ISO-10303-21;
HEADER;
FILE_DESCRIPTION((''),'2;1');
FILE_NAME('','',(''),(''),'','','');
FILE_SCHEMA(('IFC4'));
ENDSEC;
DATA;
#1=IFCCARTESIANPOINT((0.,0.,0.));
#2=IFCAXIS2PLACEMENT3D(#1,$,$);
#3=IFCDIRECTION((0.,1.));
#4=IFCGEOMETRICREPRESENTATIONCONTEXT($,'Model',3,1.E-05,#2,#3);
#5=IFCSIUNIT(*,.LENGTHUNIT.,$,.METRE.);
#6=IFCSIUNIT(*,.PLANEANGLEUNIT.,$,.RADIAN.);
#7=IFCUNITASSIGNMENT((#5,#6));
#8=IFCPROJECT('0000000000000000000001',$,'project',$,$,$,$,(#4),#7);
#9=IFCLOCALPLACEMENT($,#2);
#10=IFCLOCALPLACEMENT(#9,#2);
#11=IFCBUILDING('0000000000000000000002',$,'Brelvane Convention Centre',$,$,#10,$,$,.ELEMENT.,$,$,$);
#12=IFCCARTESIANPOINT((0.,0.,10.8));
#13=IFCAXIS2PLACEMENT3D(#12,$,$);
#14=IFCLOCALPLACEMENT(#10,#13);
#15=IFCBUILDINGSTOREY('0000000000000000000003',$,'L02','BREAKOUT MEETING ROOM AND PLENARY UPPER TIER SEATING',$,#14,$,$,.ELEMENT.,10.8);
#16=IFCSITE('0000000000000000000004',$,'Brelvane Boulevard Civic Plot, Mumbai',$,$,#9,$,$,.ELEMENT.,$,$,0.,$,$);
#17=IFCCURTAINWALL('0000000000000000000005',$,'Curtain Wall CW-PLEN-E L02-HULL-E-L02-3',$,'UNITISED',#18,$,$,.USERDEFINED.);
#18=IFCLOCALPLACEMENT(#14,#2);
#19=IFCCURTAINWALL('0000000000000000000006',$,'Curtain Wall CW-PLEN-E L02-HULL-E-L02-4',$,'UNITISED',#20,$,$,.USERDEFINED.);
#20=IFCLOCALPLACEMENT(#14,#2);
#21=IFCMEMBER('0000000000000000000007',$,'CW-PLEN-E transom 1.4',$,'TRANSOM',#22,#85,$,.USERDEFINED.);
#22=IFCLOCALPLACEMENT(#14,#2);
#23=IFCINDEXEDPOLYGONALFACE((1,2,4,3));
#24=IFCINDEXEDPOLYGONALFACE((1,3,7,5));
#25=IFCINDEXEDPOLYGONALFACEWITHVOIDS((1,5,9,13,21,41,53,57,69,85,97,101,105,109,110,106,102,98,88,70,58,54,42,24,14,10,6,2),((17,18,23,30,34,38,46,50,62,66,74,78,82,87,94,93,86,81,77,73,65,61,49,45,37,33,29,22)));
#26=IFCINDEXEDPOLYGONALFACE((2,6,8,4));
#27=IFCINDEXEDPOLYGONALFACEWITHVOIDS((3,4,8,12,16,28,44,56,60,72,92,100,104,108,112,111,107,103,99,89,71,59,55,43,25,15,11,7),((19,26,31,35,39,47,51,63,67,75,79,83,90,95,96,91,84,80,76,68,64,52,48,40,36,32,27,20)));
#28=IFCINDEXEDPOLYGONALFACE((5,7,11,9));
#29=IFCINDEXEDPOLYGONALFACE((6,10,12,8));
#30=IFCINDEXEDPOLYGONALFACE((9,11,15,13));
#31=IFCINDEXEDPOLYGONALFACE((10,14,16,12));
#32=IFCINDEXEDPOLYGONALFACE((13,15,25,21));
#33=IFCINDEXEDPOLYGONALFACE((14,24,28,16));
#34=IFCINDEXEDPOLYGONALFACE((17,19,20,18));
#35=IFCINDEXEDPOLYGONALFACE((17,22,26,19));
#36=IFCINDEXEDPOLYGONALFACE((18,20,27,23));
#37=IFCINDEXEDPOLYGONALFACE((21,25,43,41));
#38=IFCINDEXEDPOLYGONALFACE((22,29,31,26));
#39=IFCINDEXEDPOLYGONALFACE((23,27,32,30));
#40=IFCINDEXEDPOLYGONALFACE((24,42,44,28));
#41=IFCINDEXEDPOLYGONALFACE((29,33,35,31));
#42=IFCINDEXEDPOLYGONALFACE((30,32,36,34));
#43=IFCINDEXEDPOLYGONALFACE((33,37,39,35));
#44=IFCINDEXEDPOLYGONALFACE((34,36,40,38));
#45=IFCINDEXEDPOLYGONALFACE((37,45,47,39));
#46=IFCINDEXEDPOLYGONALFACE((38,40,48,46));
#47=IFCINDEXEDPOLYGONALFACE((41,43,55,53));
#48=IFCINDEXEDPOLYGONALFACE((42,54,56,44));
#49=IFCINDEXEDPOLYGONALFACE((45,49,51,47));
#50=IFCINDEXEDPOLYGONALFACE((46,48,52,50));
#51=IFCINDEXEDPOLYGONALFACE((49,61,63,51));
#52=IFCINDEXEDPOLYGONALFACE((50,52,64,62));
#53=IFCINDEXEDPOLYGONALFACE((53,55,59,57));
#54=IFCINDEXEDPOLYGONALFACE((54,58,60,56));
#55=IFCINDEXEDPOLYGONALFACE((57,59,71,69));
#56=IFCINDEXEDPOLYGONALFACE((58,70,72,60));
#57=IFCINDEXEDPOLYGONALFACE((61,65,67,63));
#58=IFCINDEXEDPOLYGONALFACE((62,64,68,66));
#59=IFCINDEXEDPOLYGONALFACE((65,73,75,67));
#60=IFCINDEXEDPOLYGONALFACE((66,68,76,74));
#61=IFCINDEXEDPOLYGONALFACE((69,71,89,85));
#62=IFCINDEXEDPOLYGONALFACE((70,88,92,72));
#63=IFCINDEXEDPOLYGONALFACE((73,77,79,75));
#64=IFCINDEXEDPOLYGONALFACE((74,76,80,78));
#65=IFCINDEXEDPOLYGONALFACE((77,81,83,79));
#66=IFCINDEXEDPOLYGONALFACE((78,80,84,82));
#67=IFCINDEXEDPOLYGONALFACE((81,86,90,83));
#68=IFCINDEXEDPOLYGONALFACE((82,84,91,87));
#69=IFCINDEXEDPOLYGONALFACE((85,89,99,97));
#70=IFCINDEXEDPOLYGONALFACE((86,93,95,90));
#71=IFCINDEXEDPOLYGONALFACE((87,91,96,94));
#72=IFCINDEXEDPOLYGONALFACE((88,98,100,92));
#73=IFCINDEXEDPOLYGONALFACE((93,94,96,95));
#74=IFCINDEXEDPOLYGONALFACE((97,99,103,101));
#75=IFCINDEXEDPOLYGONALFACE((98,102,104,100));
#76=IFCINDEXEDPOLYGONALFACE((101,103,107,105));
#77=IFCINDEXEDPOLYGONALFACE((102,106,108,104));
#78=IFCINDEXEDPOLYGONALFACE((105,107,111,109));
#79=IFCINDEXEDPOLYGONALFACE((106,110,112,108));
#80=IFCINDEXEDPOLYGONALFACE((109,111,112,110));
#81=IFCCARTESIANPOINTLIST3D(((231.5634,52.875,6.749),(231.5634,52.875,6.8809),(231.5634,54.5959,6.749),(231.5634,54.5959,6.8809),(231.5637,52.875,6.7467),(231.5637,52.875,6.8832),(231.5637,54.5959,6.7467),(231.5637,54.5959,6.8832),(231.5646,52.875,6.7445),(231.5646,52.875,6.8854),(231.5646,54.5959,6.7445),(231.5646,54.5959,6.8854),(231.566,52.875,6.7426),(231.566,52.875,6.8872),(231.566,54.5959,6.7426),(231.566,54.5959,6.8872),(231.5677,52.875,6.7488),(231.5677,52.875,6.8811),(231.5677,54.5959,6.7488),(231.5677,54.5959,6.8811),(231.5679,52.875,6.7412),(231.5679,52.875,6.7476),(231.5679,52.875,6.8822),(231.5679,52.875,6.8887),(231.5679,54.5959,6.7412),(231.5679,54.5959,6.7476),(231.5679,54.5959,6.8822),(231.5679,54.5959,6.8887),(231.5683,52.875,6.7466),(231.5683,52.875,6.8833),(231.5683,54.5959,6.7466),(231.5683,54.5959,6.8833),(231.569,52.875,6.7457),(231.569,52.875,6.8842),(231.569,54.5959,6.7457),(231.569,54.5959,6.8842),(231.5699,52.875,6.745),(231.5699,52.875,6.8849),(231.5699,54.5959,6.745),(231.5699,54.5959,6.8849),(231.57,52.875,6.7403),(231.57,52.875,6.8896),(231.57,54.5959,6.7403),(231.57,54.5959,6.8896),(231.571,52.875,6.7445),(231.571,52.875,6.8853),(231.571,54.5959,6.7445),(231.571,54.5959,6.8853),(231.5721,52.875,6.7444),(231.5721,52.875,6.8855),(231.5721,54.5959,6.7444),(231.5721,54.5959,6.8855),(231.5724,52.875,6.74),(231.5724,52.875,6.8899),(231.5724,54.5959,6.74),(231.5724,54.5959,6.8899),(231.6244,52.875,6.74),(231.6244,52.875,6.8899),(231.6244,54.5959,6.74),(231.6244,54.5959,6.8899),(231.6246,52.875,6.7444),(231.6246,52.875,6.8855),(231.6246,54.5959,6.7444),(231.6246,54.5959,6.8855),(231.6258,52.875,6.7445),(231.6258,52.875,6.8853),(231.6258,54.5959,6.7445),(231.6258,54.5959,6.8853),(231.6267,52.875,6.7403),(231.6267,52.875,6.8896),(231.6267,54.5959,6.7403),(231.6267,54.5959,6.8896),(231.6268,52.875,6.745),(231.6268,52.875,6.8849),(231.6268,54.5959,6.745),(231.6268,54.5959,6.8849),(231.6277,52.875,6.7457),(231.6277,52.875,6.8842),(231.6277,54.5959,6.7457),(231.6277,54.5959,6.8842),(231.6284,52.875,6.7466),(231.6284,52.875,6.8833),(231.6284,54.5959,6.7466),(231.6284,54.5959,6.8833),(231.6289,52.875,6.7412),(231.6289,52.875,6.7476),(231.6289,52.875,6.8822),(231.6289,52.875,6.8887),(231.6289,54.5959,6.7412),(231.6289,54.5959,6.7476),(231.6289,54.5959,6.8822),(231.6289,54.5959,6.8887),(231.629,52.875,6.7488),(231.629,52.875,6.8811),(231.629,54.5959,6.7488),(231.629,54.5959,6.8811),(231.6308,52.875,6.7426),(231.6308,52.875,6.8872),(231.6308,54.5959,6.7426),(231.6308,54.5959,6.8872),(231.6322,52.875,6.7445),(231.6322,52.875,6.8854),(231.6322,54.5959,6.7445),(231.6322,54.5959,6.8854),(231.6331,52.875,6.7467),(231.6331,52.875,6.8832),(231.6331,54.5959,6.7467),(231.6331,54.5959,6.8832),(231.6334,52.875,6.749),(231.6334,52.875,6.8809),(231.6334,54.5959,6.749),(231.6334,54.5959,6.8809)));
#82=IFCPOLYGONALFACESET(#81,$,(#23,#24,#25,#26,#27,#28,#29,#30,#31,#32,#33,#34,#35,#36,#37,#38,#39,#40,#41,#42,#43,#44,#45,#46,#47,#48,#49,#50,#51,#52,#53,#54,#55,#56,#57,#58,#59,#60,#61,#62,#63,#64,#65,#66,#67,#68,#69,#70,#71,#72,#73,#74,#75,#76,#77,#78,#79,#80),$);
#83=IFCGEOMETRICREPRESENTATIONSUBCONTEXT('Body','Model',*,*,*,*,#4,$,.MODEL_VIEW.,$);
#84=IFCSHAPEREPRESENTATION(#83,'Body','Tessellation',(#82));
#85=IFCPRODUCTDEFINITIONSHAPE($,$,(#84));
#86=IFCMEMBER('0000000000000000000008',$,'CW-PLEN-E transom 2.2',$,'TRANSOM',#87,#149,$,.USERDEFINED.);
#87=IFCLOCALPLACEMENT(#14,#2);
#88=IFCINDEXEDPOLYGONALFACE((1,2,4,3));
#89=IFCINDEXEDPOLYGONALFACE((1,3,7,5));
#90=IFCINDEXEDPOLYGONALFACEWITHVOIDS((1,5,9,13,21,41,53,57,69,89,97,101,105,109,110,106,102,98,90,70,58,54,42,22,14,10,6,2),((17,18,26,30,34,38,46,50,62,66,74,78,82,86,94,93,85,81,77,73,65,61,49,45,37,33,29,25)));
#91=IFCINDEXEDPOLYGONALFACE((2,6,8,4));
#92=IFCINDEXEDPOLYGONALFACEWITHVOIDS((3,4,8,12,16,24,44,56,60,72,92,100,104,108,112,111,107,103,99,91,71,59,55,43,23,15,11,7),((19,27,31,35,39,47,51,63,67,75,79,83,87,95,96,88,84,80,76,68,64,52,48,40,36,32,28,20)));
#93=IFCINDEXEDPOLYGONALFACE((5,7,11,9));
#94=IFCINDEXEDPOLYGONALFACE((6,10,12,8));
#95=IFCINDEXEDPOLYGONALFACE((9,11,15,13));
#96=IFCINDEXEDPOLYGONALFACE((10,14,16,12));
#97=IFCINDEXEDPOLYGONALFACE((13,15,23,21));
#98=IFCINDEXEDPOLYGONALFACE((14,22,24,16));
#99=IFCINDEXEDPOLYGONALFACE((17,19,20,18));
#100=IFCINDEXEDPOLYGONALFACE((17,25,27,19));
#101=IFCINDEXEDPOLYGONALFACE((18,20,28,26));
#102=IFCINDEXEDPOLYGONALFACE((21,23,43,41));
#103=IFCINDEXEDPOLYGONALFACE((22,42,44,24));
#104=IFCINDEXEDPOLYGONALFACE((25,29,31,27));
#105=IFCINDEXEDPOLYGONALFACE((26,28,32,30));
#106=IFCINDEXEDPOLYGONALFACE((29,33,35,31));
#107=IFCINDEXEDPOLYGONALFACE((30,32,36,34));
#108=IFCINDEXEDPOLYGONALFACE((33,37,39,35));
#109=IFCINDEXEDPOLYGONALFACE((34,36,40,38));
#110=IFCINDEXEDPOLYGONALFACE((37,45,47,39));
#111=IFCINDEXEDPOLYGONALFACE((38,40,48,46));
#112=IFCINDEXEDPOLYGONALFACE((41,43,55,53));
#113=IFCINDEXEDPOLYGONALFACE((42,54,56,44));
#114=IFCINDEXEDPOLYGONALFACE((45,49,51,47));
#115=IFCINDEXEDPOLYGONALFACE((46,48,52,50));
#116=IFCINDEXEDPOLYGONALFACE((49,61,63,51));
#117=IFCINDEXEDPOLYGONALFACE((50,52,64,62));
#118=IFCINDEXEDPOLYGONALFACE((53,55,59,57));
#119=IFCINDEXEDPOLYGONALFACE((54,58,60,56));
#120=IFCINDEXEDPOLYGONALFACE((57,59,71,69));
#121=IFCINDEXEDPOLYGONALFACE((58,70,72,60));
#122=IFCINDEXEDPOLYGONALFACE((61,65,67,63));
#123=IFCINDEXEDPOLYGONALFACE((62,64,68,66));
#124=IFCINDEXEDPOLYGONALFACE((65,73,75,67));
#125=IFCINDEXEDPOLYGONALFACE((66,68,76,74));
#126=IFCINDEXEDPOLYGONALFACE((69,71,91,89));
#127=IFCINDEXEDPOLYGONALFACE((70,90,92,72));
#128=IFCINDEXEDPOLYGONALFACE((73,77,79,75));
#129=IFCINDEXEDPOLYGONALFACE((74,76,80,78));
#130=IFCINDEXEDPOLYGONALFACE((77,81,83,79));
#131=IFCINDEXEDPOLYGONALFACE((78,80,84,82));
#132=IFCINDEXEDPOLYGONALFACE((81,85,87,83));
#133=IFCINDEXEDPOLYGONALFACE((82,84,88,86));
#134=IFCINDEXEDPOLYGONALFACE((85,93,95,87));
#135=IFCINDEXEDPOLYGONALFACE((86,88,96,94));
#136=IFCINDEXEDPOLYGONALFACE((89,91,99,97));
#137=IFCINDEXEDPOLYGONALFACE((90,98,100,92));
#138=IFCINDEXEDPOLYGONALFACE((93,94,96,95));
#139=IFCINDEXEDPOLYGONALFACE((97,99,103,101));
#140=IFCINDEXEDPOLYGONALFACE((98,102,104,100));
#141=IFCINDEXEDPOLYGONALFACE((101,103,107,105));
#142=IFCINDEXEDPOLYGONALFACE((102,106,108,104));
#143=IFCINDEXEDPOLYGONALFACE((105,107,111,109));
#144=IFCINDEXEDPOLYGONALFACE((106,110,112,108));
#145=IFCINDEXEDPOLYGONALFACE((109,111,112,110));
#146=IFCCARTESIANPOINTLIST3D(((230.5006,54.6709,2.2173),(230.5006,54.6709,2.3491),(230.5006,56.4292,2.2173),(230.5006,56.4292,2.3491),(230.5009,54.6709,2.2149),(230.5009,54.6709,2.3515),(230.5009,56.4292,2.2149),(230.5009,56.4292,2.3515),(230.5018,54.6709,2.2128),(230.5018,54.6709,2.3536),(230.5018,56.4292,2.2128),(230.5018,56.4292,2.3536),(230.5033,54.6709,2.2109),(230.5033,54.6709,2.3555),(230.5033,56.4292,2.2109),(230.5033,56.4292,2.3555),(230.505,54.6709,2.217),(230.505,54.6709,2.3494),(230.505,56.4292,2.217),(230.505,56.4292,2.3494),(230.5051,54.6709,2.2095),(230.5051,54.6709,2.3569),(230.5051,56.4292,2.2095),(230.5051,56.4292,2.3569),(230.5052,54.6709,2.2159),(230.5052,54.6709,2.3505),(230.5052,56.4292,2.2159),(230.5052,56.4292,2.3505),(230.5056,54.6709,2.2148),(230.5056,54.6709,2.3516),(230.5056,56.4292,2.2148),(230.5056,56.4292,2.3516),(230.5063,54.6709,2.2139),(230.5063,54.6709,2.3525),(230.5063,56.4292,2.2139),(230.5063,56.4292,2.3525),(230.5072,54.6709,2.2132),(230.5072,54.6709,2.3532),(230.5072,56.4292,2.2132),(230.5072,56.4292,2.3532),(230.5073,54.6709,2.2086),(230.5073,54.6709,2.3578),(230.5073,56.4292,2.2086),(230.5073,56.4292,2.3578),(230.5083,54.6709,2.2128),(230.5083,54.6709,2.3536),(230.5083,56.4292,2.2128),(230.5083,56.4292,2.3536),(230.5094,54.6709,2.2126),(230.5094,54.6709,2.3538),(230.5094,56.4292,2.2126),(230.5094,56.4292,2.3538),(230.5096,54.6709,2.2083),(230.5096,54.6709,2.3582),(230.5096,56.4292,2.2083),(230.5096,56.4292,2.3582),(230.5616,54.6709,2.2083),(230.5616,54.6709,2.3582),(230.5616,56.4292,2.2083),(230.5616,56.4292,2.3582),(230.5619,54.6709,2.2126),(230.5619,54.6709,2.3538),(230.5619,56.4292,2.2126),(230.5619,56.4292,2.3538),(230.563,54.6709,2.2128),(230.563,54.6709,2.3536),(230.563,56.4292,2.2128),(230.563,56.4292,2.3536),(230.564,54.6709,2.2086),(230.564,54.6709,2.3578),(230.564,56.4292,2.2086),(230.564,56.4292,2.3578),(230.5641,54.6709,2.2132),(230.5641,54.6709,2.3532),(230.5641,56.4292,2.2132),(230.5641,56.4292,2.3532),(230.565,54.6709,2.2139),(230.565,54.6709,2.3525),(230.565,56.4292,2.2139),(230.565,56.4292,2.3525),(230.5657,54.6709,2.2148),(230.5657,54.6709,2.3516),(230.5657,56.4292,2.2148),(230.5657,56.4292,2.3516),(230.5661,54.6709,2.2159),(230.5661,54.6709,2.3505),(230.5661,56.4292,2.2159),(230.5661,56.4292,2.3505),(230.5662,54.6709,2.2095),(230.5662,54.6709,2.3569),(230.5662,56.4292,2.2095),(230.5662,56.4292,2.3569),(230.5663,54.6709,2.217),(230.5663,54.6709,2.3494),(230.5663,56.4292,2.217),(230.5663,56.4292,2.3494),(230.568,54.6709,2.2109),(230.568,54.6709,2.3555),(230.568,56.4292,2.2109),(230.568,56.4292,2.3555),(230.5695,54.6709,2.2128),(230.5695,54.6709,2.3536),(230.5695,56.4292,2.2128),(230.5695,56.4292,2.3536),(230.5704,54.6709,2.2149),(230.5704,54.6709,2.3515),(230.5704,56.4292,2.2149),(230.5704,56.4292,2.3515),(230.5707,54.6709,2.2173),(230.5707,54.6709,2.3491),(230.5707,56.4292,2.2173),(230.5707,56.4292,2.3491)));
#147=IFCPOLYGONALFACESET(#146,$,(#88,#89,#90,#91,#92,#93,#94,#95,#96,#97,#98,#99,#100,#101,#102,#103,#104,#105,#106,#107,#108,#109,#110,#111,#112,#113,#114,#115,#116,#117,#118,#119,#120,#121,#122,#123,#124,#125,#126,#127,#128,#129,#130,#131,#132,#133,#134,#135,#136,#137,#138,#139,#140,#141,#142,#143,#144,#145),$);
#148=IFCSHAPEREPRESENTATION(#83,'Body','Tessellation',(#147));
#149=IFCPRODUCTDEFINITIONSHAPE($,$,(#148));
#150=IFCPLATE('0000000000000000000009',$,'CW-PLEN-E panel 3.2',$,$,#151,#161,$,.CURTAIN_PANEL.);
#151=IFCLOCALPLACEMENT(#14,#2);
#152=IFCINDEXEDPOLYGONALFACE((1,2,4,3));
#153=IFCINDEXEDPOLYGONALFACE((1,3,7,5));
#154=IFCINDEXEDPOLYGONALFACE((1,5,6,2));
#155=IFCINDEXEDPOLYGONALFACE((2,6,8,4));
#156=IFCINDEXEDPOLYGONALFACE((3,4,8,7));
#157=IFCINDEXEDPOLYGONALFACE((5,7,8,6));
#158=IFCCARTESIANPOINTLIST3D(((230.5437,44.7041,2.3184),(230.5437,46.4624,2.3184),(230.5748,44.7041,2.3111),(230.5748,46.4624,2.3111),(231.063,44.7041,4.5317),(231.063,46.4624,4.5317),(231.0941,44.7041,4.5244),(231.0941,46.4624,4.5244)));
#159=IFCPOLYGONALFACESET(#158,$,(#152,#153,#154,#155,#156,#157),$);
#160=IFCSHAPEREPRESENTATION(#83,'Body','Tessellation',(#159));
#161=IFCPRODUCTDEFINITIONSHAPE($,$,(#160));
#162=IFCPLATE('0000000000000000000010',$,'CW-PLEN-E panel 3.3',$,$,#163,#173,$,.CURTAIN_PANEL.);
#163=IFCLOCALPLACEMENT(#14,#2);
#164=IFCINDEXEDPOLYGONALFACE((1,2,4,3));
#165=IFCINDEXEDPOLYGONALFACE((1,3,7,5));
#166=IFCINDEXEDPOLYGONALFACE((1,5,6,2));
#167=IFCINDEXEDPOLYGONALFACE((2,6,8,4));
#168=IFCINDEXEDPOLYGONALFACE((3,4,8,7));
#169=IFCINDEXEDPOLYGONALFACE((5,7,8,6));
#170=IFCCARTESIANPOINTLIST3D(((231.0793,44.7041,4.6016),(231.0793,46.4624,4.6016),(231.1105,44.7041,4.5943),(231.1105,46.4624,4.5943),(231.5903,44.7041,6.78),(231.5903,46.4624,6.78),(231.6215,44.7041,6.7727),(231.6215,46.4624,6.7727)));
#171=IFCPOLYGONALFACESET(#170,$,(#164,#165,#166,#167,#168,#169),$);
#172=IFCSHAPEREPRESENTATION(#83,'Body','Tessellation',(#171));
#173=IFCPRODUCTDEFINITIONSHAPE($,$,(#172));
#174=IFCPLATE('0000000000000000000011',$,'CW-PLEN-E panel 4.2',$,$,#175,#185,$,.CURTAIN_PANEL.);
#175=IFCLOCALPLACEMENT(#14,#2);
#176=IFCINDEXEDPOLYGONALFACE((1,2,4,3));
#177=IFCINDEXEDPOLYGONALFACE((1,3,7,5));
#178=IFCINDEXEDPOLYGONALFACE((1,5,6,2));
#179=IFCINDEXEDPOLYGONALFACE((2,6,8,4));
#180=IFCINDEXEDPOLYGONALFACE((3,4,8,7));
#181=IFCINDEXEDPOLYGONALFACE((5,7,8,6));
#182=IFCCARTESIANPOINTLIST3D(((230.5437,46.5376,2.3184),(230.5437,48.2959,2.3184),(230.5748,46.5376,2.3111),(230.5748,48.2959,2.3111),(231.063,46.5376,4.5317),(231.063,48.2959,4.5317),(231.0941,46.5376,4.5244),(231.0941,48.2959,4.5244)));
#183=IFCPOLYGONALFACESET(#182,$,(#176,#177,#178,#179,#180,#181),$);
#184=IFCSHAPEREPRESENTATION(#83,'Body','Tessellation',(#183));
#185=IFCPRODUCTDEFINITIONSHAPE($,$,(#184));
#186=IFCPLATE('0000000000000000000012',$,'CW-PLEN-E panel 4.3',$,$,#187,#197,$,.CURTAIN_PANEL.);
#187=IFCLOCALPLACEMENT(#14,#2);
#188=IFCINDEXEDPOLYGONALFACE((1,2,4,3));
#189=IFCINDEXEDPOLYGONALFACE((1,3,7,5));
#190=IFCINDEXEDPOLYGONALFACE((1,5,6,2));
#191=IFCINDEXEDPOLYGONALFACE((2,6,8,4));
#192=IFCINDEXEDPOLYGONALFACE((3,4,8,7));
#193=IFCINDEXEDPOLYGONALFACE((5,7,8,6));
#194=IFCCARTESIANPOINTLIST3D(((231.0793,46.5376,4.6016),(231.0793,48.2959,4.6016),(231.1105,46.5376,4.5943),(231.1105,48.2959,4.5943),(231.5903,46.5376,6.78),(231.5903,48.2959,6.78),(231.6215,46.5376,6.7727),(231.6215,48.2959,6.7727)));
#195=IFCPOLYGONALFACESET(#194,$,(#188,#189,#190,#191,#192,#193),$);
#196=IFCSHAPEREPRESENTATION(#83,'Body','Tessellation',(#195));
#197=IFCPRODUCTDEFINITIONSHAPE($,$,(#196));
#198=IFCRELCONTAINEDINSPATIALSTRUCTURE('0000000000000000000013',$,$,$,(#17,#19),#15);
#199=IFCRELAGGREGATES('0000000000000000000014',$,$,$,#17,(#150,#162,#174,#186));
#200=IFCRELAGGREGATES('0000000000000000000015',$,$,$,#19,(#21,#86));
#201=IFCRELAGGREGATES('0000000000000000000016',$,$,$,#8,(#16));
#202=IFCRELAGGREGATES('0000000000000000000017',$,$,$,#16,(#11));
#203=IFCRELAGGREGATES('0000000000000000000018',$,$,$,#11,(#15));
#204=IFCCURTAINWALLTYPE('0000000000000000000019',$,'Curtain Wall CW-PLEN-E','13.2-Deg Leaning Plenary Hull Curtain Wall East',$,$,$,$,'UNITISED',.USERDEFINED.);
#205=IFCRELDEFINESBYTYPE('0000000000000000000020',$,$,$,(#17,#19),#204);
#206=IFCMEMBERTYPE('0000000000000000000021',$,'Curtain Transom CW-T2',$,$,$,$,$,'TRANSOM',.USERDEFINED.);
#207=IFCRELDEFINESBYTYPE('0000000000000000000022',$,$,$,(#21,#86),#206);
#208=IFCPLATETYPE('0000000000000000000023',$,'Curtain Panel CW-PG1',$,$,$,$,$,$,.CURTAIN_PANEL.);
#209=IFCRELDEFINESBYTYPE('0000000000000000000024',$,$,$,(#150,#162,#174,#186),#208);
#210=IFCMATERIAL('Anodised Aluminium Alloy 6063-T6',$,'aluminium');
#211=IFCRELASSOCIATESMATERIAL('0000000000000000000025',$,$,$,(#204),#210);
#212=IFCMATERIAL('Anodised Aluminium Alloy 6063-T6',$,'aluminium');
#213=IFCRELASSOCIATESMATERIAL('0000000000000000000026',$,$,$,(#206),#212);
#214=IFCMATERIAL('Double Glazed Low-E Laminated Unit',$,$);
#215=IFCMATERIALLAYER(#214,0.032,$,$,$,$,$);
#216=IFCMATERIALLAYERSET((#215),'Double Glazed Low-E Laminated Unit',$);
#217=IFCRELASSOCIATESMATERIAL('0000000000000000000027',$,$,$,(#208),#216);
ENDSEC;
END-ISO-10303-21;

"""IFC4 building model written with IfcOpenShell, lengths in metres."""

from ifc_helpers import new_model, si_unit, direction, frame, origin, origin_2d, place, context, subcontext, project, spatial, polyline, hollow_rectangle, outline, extrude, material, layer, layer_set, material_profile, profile_set, type_object, element, aggregate, save


model = new_model("IFC4")

# Units and contexts
model_context = context("Model", 3, precision=1e-05, world=origin(), true_north=direction((0.0, 1.0)))
body_context = subcontext(model_context, "Body", "Model", "MODEL_VIEW")
ifc_project = project(units=[si_unit("LENGTHUNIT", "METRE"), si_unit("PLANEANGLEUNIT", "RADIAN")], contexts=[model_context])

# Site, building, storey
site_placement = place(None, origin())
site = spatial("IfcSite", under=ifc_project, at=site_placement, Name="Brelvane Boulevard Civic Plot, Mumbai", CompositionType="ELEMENT", RefElevation=0.0)
building_placement = place(site_placement, origin())
building = spatial("IfcBuilding", under=site, at=building_placement, Name="Brelvane Convention Centre", CompositionType="ELEMENT")
storey_placement = place(building_placement, frame((0.0, 0.0, 10.8)))
storey = spatial("IfcBuildingStorey", under=building, at=storey_placement, Name="L02", Description="BREAKOUT MEETING ROOM AND PLENARY UPPER TIER SEATING", CompositionType="ELEMENT", Elevation=10.8)

# Curtain walls, members
ifc_material_1 = material(Name="Anodised Aluminium Alloy 6063-T6", Category="aluminium")
curtain_wall_type = type_object("IfcCurtainWallType", Name="Curtain Wall CW-PLEN-E", Description="13.2-Deg Leaning Plenary Hull Curtain Wall East", ElementType="UNITISED", PredefinedType="USERDEFINED", material=ifc_material_1)
curtain_wall_1_placement = place(storey_placement, origin())
curtain_wall_1 = element("IfcCurtainWall", 1, at=curtain_wall_1_placement, inside=storey, type_object=curtain_wall_type, Name="Curtain Wall CW-PLEN-E L02-HULL-E-L02-3", ObjectType="UNITISED", PredefinedType="USERDEFINED")
ifc_material_2 = material(Name="Anodised Aluminium Alloy 6063-T6", Category="aluminium")
ifc_material_profile = material_profile(ifc_material_2, hollow_rectangle(XDim=0.0701, YDim=0.1499, WallThickness=0.0044, InnerFilletRadius=0.0044, OuterFilletRadius=0.009, at=origin_2d()), Name="ALU-T 150x70x4.5")
ifc_profile_set = profile_set([ifc_material_profile], Name="Anodised Aluminium Alloy 6063-T6")
member_type = type_object("IfcMemberType", Name="Curtain Transom CW-T2", ElementType="TRANSOM", PredefinedType="USERDEFINED", material=ifc_profile_set)
curtain_wall_2_placement = place(storey_placement, origin())
curtain_wall_2 = element("IfcCurtainWall", 2, at=curtain_wall_2_placement, inside=storey, type_object=curtain_wall_type, Name="Curtain Wall CW-PLEN-E L02-HULL-E-L02-4", ObjectType="UNITISED", PredefinedType="USERDEFINED")
member_1_placement = place(storey_placement, frame((231.5984, 52.875, 6.8149), z_axis=(0.0, 1.0, 0.0), x_axis=(-1.0, 0.0, 0.0)))
member_1 = element("IfcMember", 3, at=member_1_placement, type_object=member_type, Name="CW-PLEN-E transom 1.4", ObjectType="TRANSOM", PredefinedType="USERDEFINED", context=body_context, shape_type="SweptSolid", body=[
    extrude(hollow_rectangle(XDim=0.0701, YDim=0.1499, WallThickness=0.0044, InnerFilletRadius=0.0044, OuterFilletRadius=0.009, at=origin_2d()), origin(), (0.0, 0.0, 1.0), 1.7209),
])
member_2_placement = place(storey_placement, frame((230.5356, 54.6709, 2.2832), z_axis=(0.0, 1.0, 0.0), x_axis=(-1.0, 0.0, 0.0)))
member_2 = element("IfcMember", 4, at=member_2_placement, type_object=member_type, Name="CW-PLEN-E transom 2.2", ObjectType="TRANSOM", PredefinedType="USERDEFINED", context=body_context, shape_type="SweptSolid", body=[
    extrude(hollow_rectangle(XDim=0.0701, YDim=0.1499, WallThickness=0.0044, InnerFilletRadius=0.0044, OuterFilletRadius=0.009, at=origin_2d()), origin(), (0.0, 0.0, 1.0), 1.7583),
])

# Plates
ifc_material_3 = material(Name="Double Glazed Low-E Laminated Unit")
ifc_layer_1 = layer(ifc_material_3, 0.032)
ifc_layer_set_1 = layer_set([ifc_layer_1], Name="Double Glazed Low-E Laminated Unit")
plate_type_1 = type_object("IfcPlateType", Name="Curtain Panel CW-PG1", PredefinedType="CURTAIN_PANEL", material=ifc_layer_set_1)
plate_1_placement = place(storey_placement, frame((230.5437, 44.7041, 2.3184), z_axis=(-0.973565, 0.0, 0.228411), x_axis=(0.0, 1.0, 0.0)))
plate_1 = element("IfcPlate", 5, at=plate_1_placement, type_object=plate_type_1, Name="CW-PLEN-E panel 3.2", PredefinedType="CURTAIN_PANEL", context=body_context, shape_type="SweptSolid", body=[
    extrude(outline(polyline([(0.0, 0.0), (1.7583, 0.0), (1.7583, -2.2735), (0.0, -2.2735), (0.0, 0.0)])), origin(), (0.0, 0.0, -1.0), 0.032),
])
plate_2_placement = place(storey_placement, frame((231.0793, 44.7041, 4.6016), z_axis=(-0.973576, 0.0, 0.228364), x_axis=(0.0, 1.0, 0.0)))
plate_2 = element("IfcPlate", 6, at=plate_2_placement, type_object=plate_type_1, Name="CW-PLEN-E panel 3.3", PredefinedType="CURTAIN_PANEL", context=body_context, shape_type="SweptSolid", body=[
    extrude(outline(polyline([(0.0, 0.0), (1.7583, 0.0), (1.7583, -2.2376), (0.0, -2.2376), (0.0, 0.0)])), origin(), (0.0, 0.0, -1.0), 0.032),
])
plate_3_placement = place(storey_placement, frame((230.5437, 46.5376, 2.3184), z_axis=(-0.973565, 0.0, 0.228411), x_axis=(0.0, 1.0, 0.0)))
plate_3 = element("IfcPlate", 7, at=plate_3_placement, type_object=plate_type_1, Name="CW-PLEN-E panel 4.2", PredefinedType="CURTAIN_PANEL", context=body_context, shape_type="SweptSolid", body=[
    extrude(outline(polyline([(0.0, 0.0), (1.7583, 0.0), (1.7583, -2.2735), (0.0, -2.2735), (0.0, 0.0)])), origin(), (0.0, 0.0, -1.0), 0.032),
])
plate_4_placement = place(storey_placement, frame((231.0793, 46.5376, 4.6016), z_axis=(-0.973576, 0.0, 0.228364), x_axis=(0.0, 1.0, 0.0)))
plate_4 = element("IfcPlate", 8, at=plate_4_placement, type_object=plate_type_1, Name="CW-PLEN-E panel 4.3", PredefinedType="CURTAIN_PANEL", context=body_context, shape_type="SweptSolid", body=[
    extrude(outline(polyline([(0.0, 0.0), (1.7583, 0.0), (1.7583, -2.2376), (0.0, -2.2376), (0.0, 0.0)])), origin(), (0.0, 0.0, -1.0), 0.032),
])
aggregate(curtain_wall_1, [plate_1, plate_2, plate_3, plate_4])
aggregate(curtain_wall_2, [member_1, member_2])

save(model, "model.ifc")
